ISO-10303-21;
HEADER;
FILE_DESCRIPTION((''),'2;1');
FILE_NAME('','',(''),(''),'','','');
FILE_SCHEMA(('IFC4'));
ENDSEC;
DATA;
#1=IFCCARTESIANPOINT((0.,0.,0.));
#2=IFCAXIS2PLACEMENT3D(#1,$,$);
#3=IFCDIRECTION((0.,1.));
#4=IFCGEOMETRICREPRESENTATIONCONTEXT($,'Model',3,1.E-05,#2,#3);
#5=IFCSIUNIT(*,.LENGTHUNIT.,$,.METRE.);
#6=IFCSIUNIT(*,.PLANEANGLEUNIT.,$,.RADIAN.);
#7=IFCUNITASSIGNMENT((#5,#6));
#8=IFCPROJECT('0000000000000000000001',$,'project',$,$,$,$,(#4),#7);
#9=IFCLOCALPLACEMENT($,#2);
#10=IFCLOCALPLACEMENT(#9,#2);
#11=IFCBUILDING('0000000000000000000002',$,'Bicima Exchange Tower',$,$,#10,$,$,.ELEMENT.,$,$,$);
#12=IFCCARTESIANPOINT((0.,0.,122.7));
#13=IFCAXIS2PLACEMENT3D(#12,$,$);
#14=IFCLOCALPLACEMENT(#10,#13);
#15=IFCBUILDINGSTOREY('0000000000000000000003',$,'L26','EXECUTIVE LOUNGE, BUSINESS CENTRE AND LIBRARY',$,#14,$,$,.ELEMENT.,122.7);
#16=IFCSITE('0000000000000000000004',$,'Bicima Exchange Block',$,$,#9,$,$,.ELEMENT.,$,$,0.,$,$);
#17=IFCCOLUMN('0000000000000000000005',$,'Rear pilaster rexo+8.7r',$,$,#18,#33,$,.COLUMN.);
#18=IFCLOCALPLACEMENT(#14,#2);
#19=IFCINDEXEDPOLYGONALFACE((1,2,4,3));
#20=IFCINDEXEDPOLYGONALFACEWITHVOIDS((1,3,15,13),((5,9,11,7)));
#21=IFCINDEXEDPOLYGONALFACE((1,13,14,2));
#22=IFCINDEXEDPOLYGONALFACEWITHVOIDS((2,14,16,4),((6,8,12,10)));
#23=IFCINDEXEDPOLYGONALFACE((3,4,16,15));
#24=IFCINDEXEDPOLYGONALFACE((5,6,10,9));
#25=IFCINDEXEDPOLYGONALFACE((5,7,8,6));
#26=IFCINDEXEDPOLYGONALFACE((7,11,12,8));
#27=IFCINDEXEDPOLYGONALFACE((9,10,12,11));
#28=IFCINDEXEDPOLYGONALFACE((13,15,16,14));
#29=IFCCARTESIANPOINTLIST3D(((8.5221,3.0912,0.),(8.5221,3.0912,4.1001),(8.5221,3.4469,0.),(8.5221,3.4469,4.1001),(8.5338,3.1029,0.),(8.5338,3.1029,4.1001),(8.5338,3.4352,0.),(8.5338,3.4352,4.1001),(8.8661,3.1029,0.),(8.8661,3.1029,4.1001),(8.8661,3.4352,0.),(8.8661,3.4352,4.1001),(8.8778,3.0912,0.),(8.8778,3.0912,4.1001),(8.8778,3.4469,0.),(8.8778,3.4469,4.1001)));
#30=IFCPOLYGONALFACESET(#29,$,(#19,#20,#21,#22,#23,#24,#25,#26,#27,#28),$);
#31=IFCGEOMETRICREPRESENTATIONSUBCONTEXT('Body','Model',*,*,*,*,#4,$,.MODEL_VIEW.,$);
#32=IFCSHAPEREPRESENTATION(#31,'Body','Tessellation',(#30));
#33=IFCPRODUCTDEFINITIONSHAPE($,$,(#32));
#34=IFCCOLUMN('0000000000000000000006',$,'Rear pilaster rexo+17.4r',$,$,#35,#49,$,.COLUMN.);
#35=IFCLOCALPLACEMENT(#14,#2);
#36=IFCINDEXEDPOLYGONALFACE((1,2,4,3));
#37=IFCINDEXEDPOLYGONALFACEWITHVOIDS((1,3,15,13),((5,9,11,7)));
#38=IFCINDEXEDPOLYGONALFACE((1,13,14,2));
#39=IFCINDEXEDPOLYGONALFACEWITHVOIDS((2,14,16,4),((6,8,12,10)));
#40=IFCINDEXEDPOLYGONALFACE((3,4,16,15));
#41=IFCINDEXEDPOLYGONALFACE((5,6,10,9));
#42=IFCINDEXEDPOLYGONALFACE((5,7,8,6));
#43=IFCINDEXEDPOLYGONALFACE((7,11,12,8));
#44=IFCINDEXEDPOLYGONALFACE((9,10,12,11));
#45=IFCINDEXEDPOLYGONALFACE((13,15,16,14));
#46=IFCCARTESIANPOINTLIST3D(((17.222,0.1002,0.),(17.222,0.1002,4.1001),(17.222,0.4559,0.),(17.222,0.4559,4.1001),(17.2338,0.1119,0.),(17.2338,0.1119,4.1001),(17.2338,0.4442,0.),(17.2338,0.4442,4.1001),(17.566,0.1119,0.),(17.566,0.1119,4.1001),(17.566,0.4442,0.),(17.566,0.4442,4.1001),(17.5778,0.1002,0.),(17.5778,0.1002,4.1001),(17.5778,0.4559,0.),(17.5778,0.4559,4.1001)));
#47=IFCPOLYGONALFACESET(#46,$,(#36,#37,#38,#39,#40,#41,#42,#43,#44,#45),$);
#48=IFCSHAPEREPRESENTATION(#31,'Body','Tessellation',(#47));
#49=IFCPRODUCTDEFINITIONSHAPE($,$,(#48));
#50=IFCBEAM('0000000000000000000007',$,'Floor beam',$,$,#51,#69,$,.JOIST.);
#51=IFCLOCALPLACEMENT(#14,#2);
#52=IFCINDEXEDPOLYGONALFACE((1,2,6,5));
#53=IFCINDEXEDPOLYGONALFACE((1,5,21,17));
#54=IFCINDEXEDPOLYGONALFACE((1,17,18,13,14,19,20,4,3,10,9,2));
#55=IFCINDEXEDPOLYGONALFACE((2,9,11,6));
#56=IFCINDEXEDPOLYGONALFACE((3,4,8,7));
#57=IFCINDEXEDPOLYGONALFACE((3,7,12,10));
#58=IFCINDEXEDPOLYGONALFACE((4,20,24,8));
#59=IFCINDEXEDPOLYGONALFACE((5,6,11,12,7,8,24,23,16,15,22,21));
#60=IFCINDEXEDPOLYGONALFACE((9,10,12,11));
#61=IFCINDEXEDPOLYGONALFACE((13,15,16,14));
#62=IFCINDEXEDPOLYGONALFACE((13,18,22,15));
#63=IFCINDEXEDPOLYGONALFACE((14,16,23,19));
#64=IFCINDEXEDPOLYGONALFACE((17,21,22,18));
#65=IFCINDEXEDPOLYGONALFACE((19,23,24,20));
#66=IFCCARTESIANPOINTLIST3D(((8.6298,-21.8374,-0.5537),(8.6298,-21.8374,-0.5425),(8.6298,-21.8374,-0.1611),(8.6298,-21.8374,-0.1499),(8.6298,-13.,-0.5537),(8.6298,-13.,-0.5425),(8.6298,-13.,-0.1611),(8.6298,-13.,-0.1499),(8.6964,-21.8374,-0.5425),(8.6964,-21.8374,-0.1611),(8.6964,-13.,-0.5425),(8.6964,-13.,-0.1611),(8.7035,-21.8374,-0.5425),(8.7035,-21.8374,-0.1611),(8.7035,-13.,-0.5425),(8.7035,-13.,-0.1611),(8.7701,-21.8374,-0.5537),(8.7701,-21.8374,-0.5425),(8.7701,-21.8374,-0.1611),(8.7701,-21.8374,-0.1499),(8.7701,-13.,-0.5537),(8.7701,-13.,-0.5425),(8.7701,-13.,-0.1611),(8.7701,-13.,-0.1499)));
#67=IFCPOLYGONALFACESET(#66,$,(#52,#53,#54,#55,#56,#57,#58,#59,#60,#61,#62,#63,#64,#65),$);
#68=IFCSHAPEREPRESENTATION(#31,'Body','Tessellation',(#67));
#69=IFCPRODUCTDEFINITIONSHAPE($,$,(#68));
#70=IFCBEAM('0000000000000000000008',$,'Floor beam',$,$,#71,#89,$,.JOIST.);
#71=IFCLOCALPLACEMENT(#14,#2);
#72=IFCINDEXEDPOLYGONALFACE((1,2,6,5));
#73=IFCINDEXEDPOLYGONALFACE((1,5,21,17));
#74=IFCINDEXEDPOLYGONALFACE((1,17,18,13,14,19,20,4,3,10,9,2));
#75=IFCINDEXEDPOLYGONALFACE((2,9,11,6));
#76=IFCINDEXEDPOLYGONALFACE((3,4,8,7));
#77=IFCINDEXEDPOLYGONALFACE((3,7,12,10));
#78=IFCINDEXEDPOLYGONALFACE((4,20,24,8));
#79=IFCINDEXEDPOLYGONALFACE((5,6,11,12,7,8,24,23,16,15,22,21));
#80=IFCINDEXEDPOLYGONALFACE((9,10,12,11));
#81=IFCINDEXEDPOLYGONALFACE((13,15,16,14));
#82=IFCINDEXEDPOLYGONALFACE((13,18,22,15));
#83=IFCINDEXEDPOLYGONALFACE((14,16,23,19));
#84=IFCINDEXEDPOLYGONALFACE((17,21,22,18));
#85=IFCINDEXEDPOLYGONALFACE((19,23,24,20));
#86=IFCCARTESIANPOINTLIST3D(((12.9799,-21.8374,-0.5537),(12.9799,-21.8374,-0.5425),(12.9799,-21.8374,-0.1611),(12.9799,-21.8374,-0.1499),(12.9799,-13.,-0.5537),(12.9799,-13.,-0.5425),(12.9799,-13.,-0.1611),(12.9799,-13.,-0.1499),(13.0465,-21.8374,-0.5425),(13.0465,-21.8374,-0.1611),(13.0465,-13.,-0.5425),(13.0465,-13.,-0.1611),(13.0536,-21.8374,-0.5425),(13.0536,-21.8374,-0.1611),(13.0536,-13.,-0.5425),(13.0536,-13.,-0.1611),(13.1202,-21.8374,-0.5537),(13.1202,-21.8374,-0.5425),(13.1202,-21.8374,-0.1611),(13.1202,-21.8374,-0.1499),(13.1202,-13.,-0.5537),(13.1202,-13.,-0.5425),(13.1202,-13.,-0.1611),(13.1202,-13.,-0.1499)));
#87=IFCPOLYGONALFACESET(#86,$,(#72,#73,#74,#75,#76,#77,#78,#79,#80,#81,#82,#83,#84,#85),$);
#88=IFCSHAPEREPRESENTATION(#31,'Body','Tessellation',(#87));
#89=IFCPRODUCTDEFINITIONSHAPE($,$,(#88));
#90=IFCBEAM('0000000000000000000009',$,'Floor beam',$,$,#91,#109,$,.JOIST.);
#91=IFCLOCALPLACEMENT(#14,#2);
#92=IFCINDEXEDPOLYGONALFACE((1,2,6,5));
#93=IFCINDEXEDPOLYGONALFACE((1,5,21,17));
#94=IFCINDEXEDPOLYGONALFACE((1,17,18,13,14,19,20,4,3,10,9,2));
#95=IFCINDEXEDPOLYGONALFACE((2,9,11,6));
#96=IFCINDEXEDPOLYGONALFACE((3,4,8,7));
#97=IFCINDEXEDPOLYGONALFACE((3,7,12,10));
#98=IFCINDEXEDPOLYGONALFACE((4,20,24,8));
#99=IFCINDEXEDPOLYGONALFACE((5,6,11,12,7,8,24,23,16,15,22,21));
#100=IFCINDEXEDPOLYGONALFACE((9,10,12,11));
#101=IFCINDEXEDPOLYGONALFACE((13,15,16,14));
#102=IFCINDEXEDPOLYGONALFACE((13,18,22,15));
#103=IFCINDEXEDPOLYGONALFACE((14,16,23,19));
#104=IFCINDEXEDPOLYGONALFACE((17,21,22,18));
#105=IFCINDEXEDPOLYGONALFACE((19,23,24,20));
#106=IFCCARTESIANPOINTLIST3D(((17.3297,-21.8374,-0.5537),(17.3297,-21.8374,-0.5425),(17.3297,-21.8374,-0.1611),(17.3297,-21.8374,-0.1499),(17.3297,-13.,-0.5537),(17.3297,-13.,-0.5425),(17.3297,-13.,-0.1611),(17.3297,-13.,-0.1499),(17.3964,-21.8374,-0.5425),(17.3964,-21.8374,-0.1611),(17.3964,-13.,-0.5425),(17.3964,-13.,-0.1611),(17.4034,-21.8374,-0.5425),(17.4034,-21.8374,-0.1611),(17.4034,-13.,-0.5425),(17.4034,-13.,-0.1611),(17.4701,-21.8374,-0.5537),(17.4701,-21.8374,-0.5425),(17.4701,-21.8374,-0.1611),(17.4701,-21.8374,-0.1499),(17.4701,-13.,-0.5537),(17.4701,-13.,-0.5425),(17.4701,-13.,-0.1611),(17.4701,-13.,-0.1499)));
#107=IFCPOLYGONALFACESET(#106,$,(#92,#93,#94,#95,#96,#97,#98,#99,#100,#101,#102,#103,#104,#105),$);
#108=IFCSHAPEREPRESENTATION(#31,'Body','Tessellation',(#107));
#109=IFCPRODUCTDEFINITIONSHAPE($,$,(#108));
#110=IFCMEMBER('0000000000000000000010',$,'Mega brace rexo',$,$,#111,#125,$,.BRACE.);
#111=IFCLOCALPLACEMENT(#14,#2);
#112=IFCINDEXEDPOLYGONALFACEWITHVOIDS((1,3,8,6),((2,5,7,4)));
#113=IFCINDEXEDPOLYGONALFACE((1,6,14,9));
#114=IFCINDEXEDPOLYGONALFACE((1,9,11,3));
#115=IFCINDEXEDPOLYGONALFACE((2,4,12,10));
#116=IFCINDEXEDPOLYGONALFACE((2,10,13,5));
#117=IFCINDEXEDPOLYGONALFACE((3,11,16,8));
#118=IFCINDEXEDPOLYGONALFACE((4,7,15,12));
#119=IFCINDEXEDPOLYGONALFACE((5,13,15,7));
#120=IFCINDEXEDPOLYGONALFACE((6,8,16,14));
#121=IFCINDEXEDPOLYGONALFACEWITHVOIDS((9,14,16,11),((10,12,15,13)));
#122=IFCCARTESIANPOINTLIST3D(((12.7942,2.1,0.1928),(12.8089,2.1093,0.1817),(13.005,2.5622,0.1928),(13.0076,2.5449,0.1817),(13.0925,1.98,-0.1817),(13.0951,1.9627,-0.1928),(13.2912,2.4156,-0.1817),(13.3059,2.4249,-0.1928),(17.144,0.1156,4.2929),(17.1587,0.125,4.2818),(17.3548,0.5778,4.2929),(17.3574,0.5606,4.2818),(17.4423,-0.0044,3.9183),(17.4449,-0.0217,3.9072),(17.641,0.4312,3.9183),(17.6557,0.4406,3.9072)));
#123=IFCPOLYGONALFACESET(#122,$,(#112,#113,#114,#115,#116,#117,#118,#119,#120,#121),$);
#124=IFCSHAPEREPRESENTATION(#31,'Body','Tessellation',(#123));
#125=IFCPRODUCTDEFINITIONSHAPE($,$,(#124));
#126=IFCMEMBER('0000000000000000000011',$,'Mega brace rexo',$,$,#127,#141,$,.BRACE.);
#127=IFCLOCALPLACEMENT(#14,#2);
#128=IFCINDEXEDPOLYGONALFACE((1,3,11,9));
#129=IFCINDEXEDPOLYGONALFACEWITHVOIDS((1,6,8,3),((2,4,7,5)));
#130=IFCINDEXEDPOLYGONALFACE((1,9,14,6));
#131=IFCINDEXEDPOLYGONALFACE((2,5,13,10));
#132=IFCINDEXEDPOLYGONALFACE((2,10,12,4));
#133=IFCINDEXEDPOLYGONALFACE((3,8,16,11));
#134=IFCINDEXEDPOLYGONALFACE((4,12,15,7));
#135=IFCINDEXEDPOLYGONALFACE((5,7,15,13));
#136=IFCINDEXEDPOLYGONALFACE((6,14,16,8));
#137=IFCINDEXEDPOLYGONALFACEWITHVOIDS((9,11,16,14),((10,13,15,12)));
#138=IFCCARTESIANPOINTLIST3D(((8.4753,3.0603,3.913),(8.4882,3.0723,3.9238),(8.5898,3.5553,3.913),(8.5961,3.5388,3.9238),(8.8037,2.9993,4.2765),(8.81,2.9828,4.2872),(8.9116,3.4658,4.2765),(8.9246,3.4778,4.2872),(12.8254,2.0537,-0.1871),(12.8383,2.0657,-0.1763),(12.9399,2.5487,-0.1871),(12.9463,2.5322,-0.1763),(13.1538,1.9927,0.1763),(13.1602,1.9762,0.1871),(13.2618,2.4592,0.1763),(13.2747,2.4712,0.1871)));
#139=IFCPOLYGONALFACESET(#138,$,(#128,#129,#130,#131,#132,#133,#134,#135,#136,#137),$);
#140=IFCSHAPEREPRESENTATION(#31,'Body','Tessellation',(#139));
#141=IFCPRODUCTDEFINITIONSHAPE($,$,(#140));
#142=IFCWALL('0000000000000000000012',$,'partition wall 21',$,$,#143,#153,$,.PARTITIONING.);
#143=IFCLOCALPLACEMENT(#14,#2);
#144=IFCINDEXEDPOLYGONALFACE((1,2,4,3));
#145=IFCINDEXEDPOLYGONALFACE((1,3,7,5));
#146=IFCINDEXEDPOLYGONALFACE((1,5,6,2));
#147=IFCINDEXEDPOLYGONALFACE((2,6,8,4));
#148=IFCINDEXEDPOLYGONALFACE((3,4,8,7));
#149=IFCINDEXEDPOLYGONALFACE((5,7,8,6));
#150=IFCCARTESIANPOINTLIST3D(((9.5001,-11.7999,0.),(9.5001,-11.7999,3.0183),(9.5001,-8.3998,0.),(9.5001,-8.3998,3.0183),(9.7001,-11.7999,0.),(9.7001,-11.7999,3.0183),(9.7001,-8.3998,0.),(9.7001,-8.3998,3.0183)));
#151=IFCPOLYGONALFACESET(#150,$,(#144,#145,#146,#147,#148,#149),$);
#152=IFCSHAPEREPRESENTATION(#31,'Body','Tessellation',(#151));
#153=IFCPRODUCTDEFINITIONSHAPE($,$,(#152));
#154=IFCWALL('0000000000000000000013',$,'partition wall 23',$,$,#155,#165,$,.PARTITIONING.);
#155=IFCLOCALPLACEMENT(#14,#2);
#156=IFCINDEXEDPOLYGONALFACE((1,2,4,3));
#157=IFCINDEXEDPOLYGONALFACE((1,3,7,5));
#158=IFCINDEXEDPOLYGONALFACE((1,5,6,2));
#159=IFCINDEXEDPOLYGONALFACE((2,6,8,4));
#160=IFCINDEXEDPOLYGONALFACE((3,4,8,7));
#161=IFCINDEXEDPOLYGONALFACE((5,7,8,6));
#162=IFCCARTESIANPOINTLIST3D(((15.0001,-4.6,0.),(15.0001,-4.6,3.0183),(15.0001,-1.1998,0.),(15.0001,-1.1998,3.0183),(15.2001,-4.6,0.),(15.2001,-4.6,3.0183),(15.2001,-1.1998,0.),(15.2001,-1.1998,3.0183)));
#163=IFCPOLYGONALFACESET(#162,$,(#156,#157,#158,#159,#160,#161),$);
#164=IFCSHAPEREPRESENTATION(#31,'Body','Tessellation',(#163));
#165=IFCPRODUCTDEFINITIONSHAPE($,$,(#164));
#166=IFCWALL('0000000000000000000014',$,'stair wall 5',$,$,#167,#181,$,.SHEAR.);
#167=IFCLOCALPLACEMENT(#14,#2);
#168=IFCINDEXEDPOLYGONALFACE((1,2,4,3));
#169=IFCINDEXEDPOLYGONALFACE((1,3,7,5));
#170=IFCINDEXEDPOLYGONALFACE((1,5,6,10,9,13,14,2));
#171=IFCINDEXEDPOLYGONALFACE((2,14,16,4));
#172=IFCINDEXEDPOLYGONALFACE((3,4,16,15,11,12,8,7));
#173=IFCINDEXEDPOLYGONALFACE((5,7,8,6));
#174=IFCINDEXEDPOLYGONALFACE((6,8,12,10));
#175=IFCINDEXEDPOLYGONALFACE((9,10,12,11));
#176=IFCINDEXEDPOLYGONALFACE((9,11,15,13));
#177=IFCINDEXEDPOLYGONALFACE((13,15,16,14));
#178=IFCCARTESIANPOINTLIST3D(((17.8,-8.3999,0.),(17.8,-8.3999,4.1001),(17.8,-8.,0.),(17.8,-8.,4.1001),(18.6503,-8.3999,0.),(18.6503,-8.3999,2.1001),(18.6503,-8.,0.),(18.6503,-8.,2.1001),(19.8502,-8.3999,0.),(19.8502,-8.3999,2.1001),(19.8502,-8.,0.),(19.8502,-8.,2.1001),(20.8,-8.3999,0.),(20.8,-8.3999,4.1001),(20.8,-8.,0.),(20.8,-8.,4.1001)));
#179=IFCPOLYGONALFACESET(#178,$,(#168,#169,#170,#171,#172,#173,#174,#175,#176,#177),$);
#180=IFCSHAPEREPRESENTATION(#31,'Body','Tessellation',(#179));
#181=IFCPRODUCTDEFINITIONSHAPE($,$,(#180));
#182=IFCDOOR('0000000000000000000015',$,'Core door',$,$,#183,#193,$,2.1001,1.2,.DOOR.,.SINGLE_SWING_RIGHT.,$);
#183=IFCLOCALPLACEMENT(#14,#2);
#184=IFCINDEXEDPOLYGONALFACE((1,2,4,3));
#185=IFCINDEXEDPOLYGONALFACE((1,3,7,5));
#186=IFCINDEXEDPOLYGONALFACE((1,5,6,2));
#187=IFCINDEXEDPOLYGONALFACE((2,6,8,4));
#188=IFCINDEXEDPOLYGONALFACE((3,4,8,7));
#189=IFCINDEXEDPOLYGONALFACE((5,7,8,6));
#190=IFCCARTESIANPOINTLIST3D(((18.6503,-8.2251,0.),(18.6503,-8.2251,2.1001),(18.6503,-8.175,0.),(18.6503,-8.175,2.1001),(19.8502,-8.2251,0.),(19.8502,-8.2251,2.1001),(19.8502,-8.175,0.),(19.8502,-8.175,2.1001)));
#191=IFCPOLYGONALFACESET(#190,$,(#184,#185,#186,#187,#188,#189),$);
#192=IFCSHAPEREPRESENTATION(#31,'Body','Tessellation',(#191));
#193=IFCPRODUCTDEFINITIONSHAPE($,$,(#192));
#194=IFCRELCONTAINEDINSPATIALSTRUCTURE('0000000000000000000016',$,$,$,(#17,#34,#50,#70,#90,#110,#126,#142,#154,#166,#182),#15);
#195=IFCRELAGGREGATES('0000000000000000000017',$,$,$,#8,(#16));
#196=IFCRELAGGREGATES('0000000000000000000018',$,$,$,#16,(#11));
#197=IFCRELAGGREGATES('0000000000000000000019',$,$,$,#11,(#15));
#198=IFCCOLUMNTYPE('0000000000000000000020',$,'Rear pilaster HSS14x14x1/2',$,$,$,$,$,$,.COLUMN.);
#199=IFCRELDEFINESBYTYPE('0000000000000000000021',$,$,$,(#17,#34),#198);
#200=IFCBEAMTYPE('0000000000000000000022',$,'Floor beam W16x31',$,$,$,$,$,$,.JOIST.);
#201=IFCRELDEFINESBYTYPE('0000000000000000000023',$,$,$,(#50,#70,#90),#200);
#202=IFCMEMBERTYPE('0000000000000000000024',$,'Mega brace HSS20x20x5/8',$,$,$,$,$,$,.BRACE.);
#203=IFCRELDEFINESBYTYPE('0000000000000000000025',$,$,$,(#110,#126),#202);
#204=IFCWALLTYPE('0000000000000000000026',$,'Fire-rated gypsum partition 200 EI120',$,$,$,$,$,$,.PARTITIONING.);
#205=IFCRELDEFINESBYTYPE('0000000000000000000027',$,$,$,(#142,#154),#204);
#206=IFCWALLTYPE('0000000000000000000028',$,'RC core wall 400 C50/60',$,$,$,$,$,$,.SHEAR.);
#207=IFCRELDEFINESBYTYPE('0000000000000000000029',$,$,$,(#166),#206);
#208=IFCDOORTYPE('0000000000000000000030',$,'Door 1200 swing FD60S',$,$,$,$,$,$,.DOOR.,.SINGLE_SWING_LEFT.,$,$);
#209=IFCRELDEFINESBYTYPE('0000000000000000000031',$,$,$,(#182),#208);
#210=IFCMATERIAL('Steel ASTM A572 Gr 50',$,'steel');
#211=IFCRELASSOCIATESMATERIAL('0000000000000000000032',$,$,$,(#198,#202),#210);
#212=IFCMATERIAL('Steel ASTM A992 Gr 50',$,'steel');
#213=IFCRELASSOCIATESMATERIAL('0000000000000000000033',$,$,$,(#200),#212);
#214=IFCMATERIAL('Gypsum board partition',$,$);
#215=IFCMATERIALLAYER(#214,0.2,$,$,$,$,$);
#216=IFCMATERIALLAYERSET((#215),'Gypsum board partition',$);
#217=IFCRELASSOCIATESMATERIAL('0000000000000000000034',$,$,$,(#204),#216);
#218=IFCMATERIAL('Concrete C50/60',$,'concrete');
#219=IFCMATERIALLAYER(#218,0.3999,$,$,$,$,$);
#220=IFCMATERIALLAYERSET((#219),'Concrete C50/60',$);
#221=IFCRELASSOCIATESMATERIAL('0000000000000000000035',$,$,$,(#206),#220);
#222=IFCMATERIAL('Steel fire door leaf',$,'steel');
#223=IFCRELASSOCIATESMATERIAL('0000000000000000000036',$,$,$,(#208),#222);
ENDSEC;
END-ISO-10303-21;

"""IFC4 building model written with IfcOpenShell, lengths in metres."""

from ifc_helpers import new_model, si_unit, direction, frame, frame_2d, origin, origin_2d, place, context, subcontext, project, spatial, rectangle, hollow_rectangle, i_section, extrude, material, layer, layer_set, material_profile, profile_set, type_object, element, fill, save


model = new_model("IFC4")

# Units and contexts
model_context = context("Model", 3, precision=1e-05, world=origin(), true_north=direction((0.0, 1.0)))
body_context = subcontext(model_context, "Body", "Model", "MODEL_VIEW")
ifc_project = project(units=[si_unit("LENGTHUNIT", "METRE"), si_unit("PLANEANGLEUNIT", "RADIAN")], contexts=[model_context])

# Site, building, storey
site_placement = place(None, origin())
site = spatial("IfcSite", under=ifc_project, at=site_placement, Name="Bicima Exchange Block", CompositionType="ELEMENT", RefElevation=0.0)
building_placement = place(site_placement, origin())
building = spatial("IfcBuilding", under=site, at=building_placement, Name="Bicima Exchange Tower", CompositionType="ELEMENT")
storey_placement = place(building_placement, frame((0.0, 0.0, 122.7)))
storey = spatial("IfcBuildingStorey", under=building, at=storey_placement, Name="L26", Description="EXECUTIVE LOUNGE, BUSINESS CENTRE AND LIBRARY", CompositionType="ELEMENT", Elevation=122.7)

# Columns
ifc_material_1 = material(Name="Steel ASTM A572 Gr 50", Category="steel")
ifc_material_profile_1 = material_profile(ifc_material_1, hollow_rectangle(XDim=0.3557, YDim=0.3557, WallThickness=0.0117, at=origin_2d()))
ifc_profile_set_1 = profile_set([ifc_material_profile_1], Name="Steel ASTM A572 Gr 50")
column_type = type_object("IfcColumnType", Name="Rear pilaster HSS14x14x1/2", PredefinedType="COLUMN", material=ifc_profile_set_1)
for number, where, z_axis, x_axis, name in (
    (1, (8.7, 3.269, 0.0), (0.0, 0.0, 1.0), (1.0, 0.0, 0.0), "Rear pilaster rexo+8.7r"),
    (2, (17.3999, 0.2781, 0.0), (0.0, 0.0, 1.0), (1.0, 0.0, 0.0), "Rear pilaster rexo+17.4r"),
):
    element("IfcColumn", number, at=place(storey_placement, frame(where, z_axis=z_axis, x_axis=x_axis)), inside=storey, type_object=column_type, Name=name, PredefinedType="COLUMN", context=body_context, shape_type="SweptSolid", body=[
        extrude(hollow_rectangle(XDim=0.3557, YDim=0.3557, WallThickness=0.0117, at=origin_2d()), origin(), (0.0, 0.0, 1.0), 4.1001),
    ])

# Beams
ifc_material_2 = material(Name="Steel ASTM A992 Gr 50", Category="steel")
ifc_material_profile_2 = material_profile(ifc_material_2, i_section(OverallWidth=0.1404, OverallDepth=0.4038, WebThickness=0.0071, FlangeThickness=0.0112, at=origin_2d()))
ifc_profile_set_2 = profile_set([ifc_material_profile_2], Name="Steel ASTM A992 Gr 50")
beam_type = type_object("IfcBeamType", Name="Floor beam W16x31", PredefinedType="JOIST", material=ifc_profile_set_2)
for number, where, z_axis, x_axis, name in (
    (3, (8.7, -13.0, -0.3518), (0.0, -1.0, 0.0), (1.0, 0.0, 0.0), "Floor beam"),
    (4, (13.05, -13.0, -0.3518), (0.0, -1.0, 0.0), (1.0, 0.0, 0.0), "Floor beam"),
    (5, (17.3999, -13.0, -0.3518), (0.0, -1.0, 0.0), (1.0, 0.0, 0.0), "Floor beam"),
):
    element("IfcBeam", number, at=place(storey_placement, frame(where, z_axis=z_axis, x_axis=x_axis)), inside=storey, type_object=beam_type, Name=name, PredefinedType="JOIST", context=body_context, shape_type="SweptSolid", body=[
        extrude(i_section(OverallWidth=0.1404, OverallDepth=0.4038, WebThickness=0.0071, FlangeThickness=0.0112, at=origin_2d()), origin(), (0.0, 0.0, 1.0), 8.8374),
    ])

# Members
ifc_material_profile_3 = material_profile(ifc_material_1, hollow_rectangle(XDim=0.5081, YDim=0.5081, WallThickness=0.0146, at=origin_2d()))
ifc_profile_set_3 = profile_set([ifc_material_profile_3], Name="Steel ASTM A572 Gr 50")
member_type = type_object("IfcMemberType", Name="Mega brace HSS20x20x5/8", PredefinedType="BRACE", material=ifc_profile_set_3)
member_1_placement = place(storey_placement, frame((13.05, 2.2625, 0.0), z_axis=(0.690629, -0.31506, 0.650975), x_axis=(0.415045, 0.909801, 0.0)))
element("IfcMember", 6, at=member_1_placement, inside=storey, type_object=member_type, Name="Mega brace rexo", PredefinedType="BRACE", context=body_context, shape_type="SweptSolid", body=[
    extrude(hollow_rectangle(XDim=0.5081, YDim=0.5081, WallThickness=0.0146, at=origin_2d()), origin(), (0.0, 0.0, 1.0), 6.2983),
])
member_2_placement = place(storey_placement, frame((13.05, 2.2625, 0.0), z_axis=(-0.717606, 0.166051, 0.676365), x_axis=(-0.225439, -0.974257, 0.0)))
element("IfcMember", 7, at=member_2_placement, inside=storey, type_object=member_type, Name="Mega brace rexo", PredefinedType="BRACE", context=body_context, shape_type="SweptSolid", body=[
    extrude(hollow_rectangle(XDim=0.5081, YDim=0.5081, WallThickness=0.0146, at=origin_2d()), origin(), (0.0, 0.0, 1.0), 6.062),
])

# Walls
ifc_material_3 = material(Name="Gypsum board partition")
ifc_layer_1 = layer(ifc_material_3, 0.2)
ifc_layer_set_1 = layer_set([ifc_layer_1], Name="Gypsum board partition")
wall_type_1 = type_object("IfcWallType", Name="Fire-rated gypsum partition 200 EI120", PredefinedType="PARTITIONING", material=ifc_layer_set_1)
for number, where, z_axis, x_axis, name in (
    (8, (9.6001, -11.8, 0.0), (0.0, 0.0, 1.0), (0.0, 1.0, 0.0), "partition wall 21"),
    (9, (15.1001, -4.6001, 0.0), (0.0, 0.0, 1.0), (0.0, 1.0, 0.0), "partition wall 23"),
):
    element("IfcWall", number, at=place(storey_placement, frame(where, z_axis=z_axis, x_axis=x_axis)), inside=storey, type_object=wall_type_1, Name=name, PredefinedType="PARTITIONING", context=body_context, shape_type="SweptSolid", body=[
        extrude(rectangle(XDim=3.4001, YDim=0.2, at=frame_2d((1.7002, 0.0))), origin(), (0.0, 0.0, 1.0), 3.0183),
    ])

# Wall, opening, door
ifc_material_4 = material(Name="Concrete C50/60", Category="concrete")
ifc_layer_2 = layer(ifc_material_4, 0.3999)
ifc_layer_set_2 = layer_set([ifc_layer_2], Name="Concrete C50/60")
wall_type_2 = type_object("IfcWallType", Name="RC core wall 400 C50/60", PredefinedType="SHEAR", material=ifc_layer_set_2)
wall_1_placement = place(storey_placement, frame((17.8, -8.2, 0.0), z_axis=(0.0, 0.0, 1.0), x_axis=(1.0, 0.0, 0.0)))
wall_1 = element("IfcWall", 10, at=wall_1_placement, inside=storey, type_object=wall_type_2, Name="stair wall 5", PredefinedType="SHEAR", context=body_context, shape_type="SweptSolid", body=[
    extrude(rectangle(XDim=3.0, YDim=0.3999, at=frame_2d((1.5, 0.0))), origin(), (0.0, 0.0, 1.0), 4.1001),
])
opening_1_placement = place(wall_1_placement, frame((0.8501, 0.0, 0.0)))
opening_1 = element("IfcOpeningElement", 11, at=opening_1_placement, cuts=wall_1, PredefinedType="OPENING", context=body_context, shape_type="SweptSolid", body=[
    extrude(rectangle(XDim=1.2, YDim=2.1001, at=frame_2d((0.6001, 1.05))), frame((0.0, 0.2119, 0.0), z_axis=(0.0, -1.0, 0.0), x_axis=(1.0, 0.0, 0.0)), (0.0, 0.0, 1.0), 0.4238),
])
ifc_material_5 = material(Name="Steel fire door leaf", Category="steel")
door_type_1 = type_object("IfcDoorType", Name="Door 1200 swing FD60S", OperationType="SINGLE_SWING_LEFT", PredefinedType="DOOR", material=ifc_material_5)
door_1_placement = place(opening_1_placement, origin())
door_1 = element("IfcDoor", 12, at=door_1_placement, inside=storey, type_object=door_type_1, Name="Core door", OperationType="SINGLE_SWING_RIGHT", OverallHeight=2.1001, OverallWidth=1.2, PredefinedType="DOOR", context=body_context, shape_type="SweptSolid", body=[
    extrude(rectangle(XDim=1.2, YDim=2.1001, at=frame_2d((0.6001, 1.05))), frame((0.0, 0.0249, 0.0), z_axis=(0.0, -1.0, 0.0), x_axis=(1.0, 0.0, 0.0)), (0.0, 0.0, 1.0), 0.05),
])
fill(opening_1, door_1)

save(model, "model.ifc")
